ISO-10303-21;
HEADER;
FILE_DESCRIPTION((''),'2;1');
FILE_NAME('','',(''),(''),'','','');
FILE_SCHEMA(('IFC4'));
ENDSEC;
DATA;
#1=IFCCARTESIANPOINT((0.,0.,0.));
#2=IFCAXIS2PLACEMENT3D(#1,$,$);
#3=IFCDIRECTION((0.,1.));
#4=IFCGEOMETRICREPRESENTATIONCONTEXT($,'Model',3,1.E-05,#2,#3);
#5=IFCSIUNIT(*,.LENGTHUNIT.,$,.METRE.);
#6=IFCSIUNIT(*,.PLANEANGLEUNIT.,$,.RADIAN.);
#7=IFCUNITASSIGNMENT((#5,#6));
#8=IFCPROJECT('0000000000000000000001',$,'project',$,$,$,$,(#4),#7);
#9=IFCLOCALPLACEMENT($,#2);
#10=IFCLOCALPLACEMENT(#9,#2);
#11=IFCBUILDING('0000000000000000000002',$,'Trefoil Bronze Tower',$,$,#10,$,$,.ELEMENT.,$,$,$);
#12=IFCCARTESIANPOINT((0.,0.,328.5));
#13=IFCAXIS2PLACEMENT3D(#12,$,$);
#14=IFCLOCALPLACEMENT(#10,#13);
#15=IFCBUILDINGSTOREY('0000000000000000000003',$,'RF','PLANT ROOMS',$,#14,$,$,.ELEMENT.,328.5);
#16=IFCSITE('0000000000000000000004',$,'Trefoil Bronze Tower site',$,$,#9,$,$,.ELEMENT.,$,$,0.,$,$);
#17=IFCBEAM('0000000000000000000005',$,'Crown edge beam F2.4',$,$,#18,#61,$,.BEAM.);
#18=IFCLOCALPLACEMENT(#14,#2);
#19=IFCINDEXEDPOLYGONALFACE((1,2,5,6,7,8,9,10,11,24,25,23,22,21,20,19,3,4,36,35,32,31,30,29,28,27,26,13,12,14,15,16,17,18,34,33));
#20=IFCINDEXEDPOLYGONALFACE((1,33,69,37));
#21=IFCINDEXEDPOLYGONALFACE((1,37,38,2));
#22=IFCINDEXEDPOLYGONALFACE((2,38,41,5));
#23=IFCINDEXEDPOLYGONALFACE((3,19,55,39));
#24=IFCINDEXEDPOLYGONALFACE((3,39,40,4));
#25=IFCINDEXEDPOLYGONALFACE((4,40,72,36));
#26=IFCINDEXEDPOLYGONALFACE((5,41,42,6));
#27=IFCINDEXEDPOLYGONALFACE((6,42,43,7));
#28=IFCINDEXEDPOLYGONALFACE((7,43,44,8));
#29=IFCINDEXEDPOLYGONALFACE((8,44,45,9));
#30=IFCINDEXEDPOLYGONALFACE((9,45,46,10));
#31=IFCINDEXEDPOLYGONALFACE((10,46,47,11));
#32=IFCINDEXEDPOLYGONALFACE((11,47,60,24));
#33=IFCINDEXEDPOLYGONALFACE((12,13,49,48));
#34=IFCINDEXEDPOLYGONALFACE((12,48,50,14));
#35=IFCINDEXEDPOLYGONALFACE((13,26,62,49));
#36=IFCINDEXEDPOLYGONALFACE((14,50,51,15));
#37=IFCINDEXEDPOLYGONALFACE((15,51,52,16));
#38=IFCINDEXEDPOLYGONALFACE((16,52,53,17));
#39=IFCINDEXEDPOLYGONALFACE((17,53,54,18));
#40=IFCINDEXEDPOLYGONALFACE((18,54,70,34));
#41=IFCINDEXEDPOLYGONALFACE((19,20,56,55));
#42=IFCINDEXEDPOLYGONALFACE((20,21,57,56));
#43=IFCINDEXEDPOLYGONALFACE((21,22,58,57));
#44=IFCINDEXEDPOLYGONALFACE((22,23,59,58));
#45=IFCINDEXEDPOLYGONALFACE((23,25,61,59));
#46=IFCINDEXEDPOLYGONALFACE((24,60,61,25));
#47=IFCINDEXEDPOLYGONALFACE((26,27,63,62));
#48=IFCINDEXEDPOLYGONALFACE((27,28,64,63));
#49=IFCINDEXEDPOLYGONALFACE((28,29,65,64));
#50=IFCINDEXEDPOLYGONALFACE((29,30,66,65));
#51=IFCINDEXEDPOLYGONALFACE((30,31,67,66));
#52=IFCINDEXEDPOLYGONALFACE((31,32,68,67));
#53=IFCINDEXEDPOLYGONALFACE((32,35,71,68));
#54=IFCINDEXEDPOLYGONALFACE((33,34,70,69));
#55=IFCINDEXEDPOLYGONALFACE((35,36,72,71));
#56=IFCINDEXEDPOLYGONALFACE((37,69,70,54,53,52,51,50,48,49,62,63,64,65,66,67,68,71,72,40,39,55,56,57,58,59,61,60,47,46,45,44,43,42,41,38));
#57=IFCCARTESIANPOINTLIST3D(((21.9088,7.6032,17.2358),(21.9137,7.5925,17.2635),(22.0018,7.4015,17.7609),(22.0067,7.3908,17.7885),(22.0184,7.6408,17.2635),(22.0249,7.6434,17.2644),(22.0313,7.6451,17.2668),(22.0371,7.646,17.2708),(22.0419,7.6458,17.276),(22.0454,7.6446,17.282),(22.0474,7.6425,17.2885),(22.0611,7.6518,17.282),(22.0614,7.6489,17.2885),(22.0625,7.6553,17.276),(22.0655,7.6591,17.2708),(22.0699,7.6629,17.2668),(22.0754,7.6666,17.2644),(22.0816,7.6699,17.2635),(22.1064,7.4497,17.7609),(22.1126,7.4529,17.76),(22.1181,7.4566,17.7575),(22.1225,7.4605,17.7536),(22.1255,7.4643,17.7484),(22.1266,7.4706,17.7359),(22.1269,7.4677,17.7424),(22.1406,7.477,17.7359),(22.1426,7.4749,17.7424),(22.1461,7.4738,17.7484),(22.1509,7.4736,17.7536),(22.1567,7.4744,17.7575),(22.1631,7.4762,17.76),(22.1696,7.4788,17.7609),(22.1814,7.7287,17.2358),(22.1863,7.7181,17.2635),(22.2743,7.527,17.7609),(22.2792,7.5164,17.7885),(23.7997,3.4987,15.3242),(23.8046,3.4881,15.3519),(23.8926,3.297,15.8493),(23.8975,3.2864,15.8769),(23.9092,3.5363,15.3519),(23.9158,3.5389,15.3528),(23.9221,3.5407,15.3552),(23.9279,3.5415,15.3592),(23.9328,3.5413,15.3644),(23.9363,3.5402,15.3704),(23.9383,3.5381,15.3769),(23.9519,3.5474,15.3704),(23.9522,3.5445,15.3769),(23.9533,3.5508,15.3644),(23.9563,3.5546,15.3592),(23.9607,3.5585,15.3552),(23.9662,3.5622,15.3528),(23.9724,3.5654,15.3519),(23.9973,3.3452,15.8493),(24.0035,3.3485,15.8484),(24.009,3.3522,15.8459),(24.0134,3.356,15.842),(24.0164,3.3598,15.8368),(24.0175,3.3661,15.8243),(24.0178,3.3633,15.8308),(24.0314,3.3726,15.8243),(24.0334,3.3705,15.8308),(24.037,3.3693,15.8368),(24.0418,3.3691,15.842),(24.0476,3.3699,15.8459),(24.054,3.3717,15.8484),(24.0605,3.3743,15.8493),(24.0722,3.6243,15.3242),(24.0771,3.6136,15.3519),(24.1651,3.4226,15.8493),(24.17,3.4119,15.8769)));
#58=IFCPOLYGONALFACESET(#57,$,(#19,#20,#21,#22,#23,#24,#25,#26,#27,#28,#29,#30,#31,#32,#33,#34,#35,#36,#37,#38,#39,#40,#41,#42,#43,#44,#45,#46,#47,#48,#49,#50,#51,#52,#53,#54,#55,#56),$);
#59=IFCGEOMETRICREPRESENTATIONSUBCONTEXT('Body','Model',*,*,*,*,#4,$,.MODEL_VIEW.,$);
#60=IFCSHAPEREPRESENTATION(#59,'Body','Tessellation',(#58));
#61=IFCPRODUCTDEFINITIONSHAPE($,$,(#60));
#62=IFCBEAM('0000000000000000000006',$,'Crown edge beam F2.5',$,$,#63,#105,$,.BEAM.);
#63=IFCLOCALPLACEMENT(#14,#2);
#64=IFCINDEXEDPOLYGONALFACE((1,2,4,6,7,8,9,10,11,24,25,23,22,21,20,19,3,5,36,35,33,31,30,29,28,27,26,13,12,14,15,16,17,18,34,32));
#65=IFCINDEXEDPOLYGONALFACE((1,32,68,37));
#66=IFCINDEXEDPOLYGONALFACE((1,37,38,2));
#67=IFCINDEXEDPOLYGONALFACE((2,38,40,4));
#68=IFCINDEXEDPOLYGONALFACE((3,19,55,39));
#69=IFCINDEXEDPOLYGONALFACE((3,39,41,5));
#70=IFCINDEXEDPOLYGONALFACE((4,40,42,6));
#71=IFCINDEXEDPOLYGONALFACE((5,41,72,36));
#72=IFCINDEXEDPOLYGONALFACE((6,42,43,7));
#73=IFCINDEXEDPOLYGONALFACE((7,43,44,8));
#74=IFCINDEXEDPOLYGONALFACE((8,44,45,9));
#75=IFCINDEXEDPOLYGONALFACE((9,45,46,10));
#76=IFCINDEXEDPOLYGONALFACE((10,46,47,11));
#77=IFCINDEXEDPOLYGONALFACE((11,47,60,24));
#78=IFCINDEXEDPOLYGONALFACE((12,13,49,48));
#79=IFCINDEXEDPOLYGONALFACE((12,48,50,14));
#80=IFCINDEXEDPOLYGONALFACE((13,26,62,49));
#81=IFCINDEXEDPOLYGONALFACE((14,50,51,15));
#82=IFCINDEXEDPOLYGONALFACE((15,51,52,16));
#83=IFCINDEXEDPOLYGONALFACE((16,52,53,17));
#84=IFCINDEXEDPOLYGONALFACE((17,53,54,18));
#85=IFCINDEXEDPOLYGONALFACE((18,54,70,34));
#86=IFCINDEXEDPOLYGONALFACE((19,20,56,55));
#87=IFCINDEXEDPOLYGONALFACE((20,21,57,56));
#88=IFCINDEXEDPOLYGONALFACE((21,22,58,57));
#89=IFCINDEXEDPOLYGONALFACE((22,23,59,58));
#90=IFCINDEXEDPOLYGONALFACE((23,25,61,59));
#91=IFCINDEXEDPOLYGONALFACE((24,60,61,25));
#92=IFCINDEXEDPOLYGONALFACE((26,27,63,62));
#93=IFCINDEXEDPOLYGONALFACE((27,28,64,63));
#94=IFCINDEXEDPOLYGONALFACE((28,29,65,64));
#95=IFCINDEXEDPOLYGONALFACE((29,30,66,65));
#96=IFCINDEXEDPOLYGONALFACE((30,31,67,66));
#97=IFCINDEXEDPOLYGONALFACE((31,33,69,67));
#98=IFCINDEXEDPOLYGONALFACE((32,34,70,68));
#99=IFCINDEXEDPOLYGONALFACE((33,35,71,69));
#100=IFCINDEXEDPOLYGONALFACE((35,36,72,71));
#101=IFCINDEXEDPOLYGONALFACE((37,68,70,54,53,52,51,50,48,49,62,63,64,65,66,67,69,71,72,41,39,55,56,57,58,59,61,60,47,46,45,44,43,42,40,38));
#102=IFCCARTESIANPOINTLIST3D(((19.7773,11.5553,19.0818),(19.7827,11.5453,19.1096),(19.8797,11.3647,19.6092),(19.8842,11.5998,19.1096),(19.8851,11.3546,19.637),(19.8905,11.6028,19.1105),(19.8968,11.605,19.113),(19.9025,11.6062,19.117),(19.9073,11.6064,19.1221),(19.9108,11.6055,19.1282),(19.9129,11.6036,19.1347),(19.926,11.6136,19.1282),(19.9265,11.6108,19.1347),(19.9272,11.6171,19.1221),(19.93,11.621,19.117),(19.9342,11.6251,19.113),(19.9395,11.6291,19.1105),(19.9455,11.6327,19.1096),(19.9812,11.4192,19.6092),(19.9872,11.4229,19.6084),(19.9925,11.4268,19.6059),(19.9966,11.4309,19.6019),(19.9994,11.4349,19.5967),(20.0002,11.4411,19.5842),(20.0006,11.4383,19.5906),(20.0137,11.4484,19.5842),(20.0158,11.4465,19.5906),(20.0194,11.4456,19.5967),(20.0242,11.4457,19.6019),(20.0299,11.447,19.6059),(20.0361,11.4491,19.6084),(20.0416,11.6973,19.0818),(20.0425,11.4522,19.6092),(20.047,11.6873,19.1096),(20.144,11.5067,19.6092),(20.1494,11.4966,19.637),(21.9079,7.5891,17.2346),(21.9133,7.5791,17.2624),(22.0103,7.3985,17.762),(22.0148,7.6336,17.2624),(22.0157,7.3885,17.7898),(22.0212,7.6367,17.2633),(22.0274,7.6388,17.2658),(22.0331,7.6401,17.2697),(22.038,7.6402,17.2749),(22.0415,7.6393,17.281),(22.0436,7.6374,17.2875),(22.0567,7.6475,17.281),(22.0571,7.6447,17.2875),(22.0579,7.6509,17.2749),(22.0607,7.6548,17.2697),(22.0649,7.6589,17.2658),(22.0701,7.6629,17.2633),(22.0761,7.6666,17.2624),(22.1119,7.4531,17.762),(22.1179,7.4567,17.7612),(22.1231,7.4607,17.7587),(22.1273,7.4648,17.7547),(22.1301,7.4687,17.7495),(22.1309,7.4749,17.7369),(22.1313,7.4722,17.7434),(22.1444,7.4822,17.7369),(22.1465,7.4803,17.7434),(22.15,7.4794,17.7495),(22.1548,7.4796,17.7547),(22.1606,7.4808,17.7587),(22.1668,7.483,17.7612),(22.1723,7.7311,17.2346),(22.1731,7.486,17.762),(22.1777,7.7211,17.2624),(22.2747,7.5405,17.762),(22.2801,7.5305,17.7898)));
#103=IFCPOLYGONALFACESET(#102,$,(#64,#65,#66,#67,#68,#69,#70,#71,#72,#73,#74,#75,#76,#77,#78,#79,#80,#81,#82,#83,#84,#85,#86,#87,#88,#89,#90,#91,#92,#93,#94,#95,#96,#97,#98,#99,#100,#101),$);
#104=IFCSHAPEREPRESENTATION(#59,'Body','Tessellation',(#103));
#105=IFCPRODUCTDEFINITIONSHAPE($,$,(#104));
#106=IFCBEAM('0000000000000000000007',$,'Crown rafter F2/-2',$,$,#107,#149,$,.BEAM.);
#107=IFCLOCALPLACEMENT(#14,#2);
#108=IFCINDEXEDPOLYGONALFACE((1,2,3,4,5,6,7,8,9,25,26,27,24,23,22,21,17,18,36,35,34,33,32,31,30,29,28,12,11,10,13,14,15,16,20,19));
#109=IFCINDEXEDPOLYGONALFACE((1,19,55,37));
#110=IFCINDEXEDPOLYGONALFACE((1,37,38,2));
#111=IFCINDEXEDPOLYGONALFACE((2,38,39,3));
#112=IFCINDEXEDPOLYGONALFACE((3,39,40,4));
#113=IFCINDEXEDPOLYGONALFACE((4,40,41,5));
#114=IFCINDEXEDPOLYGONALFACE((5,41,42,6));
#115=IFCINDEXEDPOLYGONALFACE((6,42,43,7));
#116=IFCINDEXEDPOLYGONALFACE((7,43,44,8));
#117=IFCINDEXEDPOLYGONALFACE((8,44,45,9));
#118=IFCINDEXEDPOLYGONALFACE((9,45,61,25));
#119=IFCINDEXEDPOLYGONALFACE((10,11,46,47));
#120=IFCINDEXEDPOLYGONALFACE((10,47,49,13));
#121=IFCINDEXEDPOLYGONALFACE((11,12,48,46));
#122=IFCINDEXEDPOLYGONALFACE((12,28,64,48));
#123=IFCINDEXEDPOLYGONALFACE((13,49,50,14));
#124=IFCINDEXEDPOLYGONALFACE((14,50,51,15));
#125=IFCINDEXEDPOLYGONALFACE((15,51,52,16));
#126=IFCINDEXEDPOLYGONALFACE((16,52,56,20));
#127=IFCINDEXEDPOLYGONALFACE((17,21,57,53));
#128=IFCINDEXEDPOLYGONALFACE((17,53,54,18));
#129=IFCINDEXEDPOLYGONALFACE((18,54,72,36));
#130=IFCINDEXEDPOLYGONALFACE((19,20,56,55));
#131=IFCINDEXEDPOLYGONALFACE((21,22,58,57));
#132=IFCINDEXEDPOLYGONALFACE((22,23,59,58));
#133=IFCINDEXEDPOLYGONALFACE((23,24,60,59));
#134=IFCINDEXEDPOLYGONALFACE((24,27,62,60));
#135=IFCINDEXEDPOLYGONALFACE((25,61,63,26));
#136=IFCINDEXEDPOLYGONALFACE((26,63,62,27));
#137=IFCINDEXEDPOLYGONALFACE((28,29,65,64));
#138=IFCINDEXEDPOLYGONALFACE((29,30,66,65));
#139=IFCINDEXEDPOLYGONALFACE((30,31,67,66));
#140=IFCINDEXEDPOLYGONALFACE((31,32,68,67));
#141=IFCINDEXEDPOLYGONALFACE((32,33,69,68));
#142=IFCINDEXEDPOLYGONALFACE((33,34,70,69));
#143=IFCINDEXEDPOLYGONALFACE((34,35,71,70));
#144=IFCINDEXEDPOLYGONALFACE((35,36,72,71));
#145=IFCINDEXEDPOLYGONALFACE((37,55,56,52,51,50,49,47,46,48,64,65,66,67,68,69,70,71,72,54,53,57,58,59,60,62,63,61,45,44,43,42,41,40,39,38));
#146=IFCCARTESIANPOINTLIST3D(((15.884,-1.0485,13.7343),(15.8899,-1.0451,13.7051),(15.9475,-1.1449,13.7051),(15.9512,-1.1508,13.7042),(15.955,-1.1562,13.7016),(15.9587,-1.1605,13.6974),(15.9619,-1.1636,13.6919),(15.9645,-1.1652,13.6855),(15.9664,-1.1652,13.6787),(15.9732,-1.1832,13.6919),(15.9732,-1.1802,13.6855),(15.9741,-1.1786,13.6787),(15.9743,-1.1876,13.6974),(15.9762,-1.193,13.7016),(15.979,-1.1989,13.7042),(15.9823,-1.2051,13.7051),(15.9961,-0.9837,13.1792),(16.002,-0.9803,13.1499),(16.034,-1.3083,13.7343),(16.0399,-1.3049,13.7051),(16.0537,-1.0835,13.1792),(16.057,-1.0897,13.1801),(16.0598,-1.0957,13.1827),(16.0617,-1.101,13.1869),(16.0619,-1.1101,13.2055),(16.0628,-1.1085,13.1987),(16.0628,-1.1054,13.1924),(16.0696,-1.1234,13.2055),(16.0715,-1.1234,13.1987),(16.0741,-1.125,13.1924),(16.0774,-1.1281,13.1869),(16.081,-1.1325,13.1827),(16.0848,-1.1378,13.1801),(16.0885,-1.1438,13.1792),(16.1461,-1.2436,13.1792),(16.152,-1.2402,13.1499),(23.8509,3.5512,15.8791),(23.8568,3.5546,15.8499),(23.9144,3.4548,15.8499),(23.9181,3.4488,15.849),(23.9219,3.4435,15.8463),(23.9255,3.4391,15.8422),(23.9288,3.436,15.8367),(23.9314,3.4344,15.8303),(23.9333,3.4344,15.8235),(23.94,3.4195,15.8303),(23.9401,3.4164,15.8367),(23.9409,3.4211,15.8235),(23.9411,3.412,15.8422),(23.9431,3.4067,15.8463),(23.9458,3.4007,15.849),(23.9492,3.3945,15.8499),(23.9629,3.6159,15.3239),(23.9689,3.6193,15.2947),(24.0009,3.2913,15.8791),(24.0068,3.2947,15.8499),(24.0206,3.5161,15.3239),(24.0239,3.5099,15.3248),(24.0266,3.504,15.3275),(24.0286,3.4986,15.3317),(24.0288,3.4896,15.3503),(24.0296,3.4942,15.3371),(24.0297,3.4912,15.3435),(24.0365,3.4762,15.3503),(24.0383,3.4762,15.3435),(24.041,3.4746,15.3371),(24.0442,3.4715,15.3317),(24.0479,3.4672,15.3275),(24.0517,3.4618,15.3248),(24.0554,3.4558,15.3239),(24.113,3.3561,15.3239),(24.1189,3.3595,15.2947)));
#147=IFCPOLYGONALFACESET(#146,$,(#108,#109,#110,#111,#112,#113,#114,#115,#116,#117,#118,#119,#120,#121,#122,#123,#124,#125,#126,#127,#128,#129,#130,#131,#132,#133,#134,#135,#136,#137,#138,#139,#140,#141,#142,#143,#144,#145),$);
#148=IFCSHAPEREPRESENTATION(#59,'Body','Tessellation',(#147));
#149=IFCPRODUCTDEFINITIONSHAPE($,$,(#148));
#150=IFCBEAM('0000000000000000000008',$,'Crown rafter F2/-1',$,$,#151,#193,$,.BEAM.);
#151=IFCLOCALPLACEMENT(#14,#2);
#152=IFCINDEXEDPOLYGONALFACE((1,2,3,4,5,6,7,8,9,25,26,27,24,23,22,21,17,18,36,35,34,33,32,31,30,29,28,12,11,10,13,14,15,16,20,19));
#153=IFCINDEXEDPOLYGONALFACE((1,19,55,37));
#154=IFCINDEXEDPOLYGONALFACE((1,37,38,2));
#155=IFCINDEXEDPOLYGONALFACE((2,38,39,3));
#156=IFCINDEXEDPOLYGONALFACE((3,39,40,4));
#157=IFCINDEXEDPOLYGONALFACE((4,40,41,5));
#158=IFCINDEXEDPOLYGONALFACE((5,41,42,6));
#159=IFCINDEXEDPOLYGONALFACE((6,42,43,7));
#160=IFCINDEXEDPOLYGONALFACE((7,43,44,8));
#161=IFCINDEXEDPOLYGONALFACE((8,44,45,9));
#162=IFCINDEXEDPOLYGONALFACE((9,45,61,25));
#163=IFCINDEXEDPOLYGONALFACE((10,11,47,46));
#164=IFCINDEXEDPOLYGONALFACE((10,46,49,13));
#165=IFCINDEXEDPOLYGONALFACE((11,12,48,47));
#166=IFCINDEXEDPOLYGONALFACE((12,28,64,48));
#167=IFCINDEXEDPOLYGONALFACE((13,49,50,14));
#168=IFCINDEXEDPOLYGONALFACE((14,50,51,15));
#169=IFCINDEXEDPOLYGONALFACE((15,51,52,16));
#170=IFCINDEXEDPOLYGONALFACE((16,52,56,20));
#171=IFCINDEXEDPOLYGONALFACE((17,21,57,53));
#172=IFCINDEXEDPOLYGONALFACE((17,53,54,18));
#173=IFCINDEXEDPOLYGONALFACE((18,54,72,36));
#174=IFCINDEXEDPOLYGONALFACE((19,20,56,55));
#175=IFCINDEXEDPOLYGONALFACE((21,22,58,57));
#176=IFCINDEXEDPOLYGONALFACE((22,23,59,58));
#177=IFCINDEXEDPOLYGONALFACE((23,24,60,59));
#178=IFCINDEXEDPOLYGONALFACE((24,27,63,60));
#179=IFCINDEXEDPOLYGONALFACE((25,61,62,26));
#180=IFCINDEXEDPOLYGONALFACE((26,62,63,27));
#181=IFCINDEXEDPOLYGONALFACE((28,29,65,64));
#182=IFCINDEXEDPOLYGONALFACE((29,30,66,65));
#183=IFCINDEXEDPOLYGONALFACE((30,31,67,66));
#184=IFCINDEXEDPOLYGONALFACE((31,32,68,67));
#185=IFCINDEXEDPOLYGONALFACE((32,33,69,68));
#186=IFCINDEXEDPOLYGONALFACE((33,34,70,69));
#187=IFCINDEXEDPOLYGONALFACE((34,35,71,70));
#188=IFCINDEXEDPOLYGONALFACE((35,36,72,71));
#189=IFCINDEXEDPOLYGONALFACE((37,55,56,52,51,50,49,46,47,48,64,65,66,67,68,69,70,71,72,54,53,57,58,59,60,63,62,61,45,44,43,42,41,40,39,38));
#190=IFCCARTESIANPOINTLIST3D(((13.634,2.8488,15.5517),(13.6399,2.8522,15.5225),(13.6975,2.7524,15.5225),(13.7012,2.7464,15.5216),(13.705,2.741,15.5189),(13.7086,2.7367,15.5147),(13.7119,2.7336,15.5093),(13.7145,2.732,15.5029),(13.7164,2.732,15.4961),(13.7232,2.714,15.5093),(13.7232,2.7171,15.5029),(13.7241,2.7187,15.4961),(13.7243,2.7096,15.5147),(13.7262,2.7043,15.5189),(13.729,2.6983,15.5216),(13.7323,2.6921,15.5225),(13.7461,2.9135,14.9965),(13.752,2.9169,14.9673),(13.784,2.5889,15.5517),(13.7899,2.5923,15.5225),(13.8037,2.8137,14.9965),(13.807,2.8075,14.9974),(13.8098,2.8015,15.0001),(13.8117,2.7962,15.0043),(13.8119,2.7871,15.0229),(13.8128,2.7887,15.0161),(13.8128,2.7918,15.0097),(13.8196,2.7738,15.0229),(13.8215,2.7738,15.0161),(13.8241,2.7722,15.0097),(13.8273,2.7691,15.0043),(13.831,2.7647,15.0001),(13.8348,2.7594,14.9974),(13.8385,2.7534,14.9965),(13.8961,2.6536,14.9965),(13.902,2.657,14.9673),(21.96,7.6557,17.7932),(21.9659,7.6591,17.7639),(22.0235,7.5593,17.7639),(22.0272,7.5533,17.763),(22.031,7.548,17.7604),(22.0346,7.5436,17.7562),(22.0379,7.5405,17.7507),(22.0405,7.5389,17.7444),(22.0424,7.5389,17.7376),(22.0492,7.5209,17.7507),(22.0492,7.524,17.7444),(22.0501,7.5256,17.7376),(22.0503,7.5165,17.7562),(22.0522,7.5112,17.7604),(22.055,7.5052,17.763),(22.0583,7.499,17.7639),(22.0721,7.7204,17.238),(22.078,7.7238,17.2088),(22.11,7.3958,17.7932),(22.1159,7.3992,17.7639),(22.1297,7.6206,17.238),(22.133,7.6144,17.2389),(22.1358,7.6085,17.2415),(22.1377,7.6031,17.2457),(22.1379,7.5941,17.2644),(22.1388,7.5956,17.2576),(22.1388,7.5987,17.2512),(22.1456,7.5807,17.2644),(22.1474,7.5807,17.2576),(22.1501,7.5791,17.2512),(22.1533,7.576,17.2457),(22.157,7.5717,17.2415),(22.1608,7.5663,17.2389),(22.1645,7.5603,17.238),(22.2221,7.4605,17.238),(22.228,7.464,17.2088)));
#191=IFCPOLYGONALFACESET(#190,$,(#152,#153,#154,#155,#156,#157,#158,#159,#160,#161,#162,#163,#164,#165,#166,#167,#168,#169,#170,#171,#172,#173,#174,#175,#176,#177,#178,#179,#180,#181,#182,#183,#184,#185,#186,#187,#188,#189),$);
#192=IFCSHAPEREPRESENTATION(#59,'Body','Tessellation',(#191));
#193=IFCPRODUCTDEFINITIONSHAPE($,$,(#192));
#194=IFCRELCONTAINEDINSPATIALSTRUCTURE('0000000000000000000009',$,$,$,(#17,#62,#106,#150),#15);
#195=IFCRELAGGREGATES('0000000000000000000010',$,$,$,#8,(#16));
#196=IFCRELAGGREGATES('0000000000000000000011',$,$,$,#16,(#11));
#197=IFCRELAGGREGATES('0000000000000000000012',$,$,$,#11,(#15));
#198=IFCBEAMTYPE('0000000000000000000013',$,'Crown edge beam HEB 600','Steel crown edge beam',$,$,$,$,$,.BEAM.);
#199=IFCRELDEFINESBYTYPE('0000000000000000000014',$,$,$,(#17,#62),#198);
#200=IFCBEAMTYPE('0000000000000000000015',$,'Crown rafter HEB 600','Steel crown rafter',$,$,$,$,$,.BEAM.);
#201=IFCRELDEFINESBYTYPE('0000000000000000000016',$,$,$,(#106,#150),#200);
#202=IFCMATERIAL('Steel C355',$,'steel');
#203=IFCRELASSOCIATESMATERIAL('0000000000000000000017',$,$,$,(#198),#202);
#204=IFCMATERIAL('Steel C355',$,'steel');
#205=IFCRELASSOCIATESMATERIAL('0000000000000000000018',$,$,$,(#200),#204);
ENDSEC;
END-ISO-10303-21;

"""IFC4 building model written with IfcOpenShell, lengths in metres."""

from ifc_helpers import new_model, si_unit, direction, frame, origin, origin_2d, place, context, subcontext, project, spatial, i_section, extrude, material, material_profile, profile_set, type_object, element, save


model = new_model("IFC4")

# Units and contexts
model_context = context("Model", 3, precision=1e-05, world=origin(), true_north=direction((0.0, 1.0)))
body_context = subcontext(model_context, "Body", "Model", "MODEL_VIEW")
ifc_project = project(units=[si_unit("LENGTHUNIT", "METRE"), si_unit("PLANEANGLEUNIT", "RADIAN")], contexts=[model_context])

# Site, building, storey
site_placement = place(None, origin())
site = spatial("IfcSite", under=ifc_project, at=site_placement, Name="Trefoil Bronze Tower site", CompositionType="ELEMENT", RefElevation=0.0)
building_placement = place(site_placement, origin())
building = spatial("IfcBuilding", under=site, at=building_placement, Name="Trefoil Bronze Tower", CompositionType="ELEMENT")
storey_placement = place(building_placement, frame((0.0, 0.0, 328.5)))
storey = spatial("IfcBuildingStorey", under=building, at=storey_placement, Name="RF", Description="PLANT ROOMS", CompositionType="ELEMENT", Elevation=328.5)

# Beams
ifc_material_1 = material(Name="Steel C355", Category="steel")
ifc_material_profile_1 = material_profile(ifc_material_1, i_section(OverallWidth=0.3, OverallDepth=0.6001, WebThickness=0.0154, FlangeThickness=0.03, FilletRadius=0.0271, at=origin_2d()), Name="HEB 600")
ifc_profile_set_1 = profile_set([ifc_material_profile_1], Name="Steel C355")
beam_type_1 = type_object("IfcBeamType", Name="Crown edge beam HEB 600", Description="Steel crown edge beam", PredefinedType="BEAM", material=ifc_profile_set_1)
beam_1_placement = place(storey_placement, frame((23.9849, 3.4553, 15.6006), z_axis=(-0.385358, 0.836493, 0.389587), x_axis=(-0.908255, -0.418417, 0.0)))
element("IfcBeam", 1, at=beam_1_placement, inside=storey, type_object=beam_type_1, Name="Crown edge beam F2.4", PredefinedType="BEAM", context=body_context, shape_type="SweptSolid", body=[
    extrude(i_section(OverallWidth=0.3, OverallDepth=0.6001, WebThickness=0.0154, FlangeThickness=0.03, FilletRadius=0.0271, at=origin_2d()), origin(), (0.0, 0.0, 1.0), 4.9067),
])
beam_2_placement = place(storey_placement, frame((22.094, 7.5598, 17.5122), z_axis=(-0.437827, 0.815, 0.379581), x_axis=(-0.88093, -0.473246, 0.0)))
element("IfcBeam", 2, at=beam_2_placement, inside=storey, type_object=beam_type_1, Name="Crown edge beam F2.5", PredefinedType="BEAM", context=body_context, shape_type="SweptSolid", body=[
    extrude(i_section(OverallWidth=0.3, OverallDepth=0.6001, WebThickness=0.0154, FlangeThickness=0.03, FilletRadius=0.0271, at=origin_2d()), origin(), (0.0, 0.0, 1.0), 4.8665),
])
ifc_material_2 = material(Name="Steel C355", Category="steel")
ifc_material_profile_2 = material_profile(ifc_material_2, i_section(OverallWidth=0.3, OverallDepth=0.6001, WebThickness=0.0154, FlangeThickness=0.03, FilletRadius=0.0271, at=origin_2d()), Name="HEB 600")
ifc_profile_set_2 = profile_set([ifc_material_profile_2], Name="Steel C355")
beam_type_2 = type_object("IfcBeamType", Name="Crown rafter HEB 600", Description="Steel crown rafter", PredefinedType="BEAM", material=ifc_profile_set_2)
beam_3_placement = place(storey_placement, frame((23.9849, 3.4553, 15.5869), z_axis=(-0.843407, -0.486939, -0.227057), x_axis=(0.499998, -0.866026, 0.0)))
element("IfcBeam", 3, at=beam_3_placement, inside=storey, type_object=beam_type_2, Name="Crown rafter F2/-2", PredefinedType="BEAM", context=body_context, shape_type="SweptSolid", body=[
    extrude(i_section(OverallWidth=0.3, OverallDepth=0.6001, WebThickness=0.0154, FlangeThickness=0.03, FilletRadius=0.0271, at=origin_2d()), origin(), (0.0, 0.0, 1.0), 9.446),
])
beam_4_placement = place(storey_placement, frame((22.094, 7.5598, 17.501), z_axis=(-0.84341, -0.486934, -0.227058), x_axis=(0.499993, -0.86603, 0.0)))
element("IfcBeam", 4, at=beam_4_placement, inside=storey, type_object=beam_type_2, Name="Crown rafter F2/-1", PredefinedType="BEAM", context=body_context, shape_type="SweptSolid", body=[
    extrude(i_section(OverallWidth=0.3, OverallDepth=0.6001, WebThickness=0.0154, FlangeThickness=0.03, FilletRadius=0.0271, at=origin_2d()), origin(), (0.0, 0.0, 1.0), 9.8718),
])

save(model, "model.ifc")
